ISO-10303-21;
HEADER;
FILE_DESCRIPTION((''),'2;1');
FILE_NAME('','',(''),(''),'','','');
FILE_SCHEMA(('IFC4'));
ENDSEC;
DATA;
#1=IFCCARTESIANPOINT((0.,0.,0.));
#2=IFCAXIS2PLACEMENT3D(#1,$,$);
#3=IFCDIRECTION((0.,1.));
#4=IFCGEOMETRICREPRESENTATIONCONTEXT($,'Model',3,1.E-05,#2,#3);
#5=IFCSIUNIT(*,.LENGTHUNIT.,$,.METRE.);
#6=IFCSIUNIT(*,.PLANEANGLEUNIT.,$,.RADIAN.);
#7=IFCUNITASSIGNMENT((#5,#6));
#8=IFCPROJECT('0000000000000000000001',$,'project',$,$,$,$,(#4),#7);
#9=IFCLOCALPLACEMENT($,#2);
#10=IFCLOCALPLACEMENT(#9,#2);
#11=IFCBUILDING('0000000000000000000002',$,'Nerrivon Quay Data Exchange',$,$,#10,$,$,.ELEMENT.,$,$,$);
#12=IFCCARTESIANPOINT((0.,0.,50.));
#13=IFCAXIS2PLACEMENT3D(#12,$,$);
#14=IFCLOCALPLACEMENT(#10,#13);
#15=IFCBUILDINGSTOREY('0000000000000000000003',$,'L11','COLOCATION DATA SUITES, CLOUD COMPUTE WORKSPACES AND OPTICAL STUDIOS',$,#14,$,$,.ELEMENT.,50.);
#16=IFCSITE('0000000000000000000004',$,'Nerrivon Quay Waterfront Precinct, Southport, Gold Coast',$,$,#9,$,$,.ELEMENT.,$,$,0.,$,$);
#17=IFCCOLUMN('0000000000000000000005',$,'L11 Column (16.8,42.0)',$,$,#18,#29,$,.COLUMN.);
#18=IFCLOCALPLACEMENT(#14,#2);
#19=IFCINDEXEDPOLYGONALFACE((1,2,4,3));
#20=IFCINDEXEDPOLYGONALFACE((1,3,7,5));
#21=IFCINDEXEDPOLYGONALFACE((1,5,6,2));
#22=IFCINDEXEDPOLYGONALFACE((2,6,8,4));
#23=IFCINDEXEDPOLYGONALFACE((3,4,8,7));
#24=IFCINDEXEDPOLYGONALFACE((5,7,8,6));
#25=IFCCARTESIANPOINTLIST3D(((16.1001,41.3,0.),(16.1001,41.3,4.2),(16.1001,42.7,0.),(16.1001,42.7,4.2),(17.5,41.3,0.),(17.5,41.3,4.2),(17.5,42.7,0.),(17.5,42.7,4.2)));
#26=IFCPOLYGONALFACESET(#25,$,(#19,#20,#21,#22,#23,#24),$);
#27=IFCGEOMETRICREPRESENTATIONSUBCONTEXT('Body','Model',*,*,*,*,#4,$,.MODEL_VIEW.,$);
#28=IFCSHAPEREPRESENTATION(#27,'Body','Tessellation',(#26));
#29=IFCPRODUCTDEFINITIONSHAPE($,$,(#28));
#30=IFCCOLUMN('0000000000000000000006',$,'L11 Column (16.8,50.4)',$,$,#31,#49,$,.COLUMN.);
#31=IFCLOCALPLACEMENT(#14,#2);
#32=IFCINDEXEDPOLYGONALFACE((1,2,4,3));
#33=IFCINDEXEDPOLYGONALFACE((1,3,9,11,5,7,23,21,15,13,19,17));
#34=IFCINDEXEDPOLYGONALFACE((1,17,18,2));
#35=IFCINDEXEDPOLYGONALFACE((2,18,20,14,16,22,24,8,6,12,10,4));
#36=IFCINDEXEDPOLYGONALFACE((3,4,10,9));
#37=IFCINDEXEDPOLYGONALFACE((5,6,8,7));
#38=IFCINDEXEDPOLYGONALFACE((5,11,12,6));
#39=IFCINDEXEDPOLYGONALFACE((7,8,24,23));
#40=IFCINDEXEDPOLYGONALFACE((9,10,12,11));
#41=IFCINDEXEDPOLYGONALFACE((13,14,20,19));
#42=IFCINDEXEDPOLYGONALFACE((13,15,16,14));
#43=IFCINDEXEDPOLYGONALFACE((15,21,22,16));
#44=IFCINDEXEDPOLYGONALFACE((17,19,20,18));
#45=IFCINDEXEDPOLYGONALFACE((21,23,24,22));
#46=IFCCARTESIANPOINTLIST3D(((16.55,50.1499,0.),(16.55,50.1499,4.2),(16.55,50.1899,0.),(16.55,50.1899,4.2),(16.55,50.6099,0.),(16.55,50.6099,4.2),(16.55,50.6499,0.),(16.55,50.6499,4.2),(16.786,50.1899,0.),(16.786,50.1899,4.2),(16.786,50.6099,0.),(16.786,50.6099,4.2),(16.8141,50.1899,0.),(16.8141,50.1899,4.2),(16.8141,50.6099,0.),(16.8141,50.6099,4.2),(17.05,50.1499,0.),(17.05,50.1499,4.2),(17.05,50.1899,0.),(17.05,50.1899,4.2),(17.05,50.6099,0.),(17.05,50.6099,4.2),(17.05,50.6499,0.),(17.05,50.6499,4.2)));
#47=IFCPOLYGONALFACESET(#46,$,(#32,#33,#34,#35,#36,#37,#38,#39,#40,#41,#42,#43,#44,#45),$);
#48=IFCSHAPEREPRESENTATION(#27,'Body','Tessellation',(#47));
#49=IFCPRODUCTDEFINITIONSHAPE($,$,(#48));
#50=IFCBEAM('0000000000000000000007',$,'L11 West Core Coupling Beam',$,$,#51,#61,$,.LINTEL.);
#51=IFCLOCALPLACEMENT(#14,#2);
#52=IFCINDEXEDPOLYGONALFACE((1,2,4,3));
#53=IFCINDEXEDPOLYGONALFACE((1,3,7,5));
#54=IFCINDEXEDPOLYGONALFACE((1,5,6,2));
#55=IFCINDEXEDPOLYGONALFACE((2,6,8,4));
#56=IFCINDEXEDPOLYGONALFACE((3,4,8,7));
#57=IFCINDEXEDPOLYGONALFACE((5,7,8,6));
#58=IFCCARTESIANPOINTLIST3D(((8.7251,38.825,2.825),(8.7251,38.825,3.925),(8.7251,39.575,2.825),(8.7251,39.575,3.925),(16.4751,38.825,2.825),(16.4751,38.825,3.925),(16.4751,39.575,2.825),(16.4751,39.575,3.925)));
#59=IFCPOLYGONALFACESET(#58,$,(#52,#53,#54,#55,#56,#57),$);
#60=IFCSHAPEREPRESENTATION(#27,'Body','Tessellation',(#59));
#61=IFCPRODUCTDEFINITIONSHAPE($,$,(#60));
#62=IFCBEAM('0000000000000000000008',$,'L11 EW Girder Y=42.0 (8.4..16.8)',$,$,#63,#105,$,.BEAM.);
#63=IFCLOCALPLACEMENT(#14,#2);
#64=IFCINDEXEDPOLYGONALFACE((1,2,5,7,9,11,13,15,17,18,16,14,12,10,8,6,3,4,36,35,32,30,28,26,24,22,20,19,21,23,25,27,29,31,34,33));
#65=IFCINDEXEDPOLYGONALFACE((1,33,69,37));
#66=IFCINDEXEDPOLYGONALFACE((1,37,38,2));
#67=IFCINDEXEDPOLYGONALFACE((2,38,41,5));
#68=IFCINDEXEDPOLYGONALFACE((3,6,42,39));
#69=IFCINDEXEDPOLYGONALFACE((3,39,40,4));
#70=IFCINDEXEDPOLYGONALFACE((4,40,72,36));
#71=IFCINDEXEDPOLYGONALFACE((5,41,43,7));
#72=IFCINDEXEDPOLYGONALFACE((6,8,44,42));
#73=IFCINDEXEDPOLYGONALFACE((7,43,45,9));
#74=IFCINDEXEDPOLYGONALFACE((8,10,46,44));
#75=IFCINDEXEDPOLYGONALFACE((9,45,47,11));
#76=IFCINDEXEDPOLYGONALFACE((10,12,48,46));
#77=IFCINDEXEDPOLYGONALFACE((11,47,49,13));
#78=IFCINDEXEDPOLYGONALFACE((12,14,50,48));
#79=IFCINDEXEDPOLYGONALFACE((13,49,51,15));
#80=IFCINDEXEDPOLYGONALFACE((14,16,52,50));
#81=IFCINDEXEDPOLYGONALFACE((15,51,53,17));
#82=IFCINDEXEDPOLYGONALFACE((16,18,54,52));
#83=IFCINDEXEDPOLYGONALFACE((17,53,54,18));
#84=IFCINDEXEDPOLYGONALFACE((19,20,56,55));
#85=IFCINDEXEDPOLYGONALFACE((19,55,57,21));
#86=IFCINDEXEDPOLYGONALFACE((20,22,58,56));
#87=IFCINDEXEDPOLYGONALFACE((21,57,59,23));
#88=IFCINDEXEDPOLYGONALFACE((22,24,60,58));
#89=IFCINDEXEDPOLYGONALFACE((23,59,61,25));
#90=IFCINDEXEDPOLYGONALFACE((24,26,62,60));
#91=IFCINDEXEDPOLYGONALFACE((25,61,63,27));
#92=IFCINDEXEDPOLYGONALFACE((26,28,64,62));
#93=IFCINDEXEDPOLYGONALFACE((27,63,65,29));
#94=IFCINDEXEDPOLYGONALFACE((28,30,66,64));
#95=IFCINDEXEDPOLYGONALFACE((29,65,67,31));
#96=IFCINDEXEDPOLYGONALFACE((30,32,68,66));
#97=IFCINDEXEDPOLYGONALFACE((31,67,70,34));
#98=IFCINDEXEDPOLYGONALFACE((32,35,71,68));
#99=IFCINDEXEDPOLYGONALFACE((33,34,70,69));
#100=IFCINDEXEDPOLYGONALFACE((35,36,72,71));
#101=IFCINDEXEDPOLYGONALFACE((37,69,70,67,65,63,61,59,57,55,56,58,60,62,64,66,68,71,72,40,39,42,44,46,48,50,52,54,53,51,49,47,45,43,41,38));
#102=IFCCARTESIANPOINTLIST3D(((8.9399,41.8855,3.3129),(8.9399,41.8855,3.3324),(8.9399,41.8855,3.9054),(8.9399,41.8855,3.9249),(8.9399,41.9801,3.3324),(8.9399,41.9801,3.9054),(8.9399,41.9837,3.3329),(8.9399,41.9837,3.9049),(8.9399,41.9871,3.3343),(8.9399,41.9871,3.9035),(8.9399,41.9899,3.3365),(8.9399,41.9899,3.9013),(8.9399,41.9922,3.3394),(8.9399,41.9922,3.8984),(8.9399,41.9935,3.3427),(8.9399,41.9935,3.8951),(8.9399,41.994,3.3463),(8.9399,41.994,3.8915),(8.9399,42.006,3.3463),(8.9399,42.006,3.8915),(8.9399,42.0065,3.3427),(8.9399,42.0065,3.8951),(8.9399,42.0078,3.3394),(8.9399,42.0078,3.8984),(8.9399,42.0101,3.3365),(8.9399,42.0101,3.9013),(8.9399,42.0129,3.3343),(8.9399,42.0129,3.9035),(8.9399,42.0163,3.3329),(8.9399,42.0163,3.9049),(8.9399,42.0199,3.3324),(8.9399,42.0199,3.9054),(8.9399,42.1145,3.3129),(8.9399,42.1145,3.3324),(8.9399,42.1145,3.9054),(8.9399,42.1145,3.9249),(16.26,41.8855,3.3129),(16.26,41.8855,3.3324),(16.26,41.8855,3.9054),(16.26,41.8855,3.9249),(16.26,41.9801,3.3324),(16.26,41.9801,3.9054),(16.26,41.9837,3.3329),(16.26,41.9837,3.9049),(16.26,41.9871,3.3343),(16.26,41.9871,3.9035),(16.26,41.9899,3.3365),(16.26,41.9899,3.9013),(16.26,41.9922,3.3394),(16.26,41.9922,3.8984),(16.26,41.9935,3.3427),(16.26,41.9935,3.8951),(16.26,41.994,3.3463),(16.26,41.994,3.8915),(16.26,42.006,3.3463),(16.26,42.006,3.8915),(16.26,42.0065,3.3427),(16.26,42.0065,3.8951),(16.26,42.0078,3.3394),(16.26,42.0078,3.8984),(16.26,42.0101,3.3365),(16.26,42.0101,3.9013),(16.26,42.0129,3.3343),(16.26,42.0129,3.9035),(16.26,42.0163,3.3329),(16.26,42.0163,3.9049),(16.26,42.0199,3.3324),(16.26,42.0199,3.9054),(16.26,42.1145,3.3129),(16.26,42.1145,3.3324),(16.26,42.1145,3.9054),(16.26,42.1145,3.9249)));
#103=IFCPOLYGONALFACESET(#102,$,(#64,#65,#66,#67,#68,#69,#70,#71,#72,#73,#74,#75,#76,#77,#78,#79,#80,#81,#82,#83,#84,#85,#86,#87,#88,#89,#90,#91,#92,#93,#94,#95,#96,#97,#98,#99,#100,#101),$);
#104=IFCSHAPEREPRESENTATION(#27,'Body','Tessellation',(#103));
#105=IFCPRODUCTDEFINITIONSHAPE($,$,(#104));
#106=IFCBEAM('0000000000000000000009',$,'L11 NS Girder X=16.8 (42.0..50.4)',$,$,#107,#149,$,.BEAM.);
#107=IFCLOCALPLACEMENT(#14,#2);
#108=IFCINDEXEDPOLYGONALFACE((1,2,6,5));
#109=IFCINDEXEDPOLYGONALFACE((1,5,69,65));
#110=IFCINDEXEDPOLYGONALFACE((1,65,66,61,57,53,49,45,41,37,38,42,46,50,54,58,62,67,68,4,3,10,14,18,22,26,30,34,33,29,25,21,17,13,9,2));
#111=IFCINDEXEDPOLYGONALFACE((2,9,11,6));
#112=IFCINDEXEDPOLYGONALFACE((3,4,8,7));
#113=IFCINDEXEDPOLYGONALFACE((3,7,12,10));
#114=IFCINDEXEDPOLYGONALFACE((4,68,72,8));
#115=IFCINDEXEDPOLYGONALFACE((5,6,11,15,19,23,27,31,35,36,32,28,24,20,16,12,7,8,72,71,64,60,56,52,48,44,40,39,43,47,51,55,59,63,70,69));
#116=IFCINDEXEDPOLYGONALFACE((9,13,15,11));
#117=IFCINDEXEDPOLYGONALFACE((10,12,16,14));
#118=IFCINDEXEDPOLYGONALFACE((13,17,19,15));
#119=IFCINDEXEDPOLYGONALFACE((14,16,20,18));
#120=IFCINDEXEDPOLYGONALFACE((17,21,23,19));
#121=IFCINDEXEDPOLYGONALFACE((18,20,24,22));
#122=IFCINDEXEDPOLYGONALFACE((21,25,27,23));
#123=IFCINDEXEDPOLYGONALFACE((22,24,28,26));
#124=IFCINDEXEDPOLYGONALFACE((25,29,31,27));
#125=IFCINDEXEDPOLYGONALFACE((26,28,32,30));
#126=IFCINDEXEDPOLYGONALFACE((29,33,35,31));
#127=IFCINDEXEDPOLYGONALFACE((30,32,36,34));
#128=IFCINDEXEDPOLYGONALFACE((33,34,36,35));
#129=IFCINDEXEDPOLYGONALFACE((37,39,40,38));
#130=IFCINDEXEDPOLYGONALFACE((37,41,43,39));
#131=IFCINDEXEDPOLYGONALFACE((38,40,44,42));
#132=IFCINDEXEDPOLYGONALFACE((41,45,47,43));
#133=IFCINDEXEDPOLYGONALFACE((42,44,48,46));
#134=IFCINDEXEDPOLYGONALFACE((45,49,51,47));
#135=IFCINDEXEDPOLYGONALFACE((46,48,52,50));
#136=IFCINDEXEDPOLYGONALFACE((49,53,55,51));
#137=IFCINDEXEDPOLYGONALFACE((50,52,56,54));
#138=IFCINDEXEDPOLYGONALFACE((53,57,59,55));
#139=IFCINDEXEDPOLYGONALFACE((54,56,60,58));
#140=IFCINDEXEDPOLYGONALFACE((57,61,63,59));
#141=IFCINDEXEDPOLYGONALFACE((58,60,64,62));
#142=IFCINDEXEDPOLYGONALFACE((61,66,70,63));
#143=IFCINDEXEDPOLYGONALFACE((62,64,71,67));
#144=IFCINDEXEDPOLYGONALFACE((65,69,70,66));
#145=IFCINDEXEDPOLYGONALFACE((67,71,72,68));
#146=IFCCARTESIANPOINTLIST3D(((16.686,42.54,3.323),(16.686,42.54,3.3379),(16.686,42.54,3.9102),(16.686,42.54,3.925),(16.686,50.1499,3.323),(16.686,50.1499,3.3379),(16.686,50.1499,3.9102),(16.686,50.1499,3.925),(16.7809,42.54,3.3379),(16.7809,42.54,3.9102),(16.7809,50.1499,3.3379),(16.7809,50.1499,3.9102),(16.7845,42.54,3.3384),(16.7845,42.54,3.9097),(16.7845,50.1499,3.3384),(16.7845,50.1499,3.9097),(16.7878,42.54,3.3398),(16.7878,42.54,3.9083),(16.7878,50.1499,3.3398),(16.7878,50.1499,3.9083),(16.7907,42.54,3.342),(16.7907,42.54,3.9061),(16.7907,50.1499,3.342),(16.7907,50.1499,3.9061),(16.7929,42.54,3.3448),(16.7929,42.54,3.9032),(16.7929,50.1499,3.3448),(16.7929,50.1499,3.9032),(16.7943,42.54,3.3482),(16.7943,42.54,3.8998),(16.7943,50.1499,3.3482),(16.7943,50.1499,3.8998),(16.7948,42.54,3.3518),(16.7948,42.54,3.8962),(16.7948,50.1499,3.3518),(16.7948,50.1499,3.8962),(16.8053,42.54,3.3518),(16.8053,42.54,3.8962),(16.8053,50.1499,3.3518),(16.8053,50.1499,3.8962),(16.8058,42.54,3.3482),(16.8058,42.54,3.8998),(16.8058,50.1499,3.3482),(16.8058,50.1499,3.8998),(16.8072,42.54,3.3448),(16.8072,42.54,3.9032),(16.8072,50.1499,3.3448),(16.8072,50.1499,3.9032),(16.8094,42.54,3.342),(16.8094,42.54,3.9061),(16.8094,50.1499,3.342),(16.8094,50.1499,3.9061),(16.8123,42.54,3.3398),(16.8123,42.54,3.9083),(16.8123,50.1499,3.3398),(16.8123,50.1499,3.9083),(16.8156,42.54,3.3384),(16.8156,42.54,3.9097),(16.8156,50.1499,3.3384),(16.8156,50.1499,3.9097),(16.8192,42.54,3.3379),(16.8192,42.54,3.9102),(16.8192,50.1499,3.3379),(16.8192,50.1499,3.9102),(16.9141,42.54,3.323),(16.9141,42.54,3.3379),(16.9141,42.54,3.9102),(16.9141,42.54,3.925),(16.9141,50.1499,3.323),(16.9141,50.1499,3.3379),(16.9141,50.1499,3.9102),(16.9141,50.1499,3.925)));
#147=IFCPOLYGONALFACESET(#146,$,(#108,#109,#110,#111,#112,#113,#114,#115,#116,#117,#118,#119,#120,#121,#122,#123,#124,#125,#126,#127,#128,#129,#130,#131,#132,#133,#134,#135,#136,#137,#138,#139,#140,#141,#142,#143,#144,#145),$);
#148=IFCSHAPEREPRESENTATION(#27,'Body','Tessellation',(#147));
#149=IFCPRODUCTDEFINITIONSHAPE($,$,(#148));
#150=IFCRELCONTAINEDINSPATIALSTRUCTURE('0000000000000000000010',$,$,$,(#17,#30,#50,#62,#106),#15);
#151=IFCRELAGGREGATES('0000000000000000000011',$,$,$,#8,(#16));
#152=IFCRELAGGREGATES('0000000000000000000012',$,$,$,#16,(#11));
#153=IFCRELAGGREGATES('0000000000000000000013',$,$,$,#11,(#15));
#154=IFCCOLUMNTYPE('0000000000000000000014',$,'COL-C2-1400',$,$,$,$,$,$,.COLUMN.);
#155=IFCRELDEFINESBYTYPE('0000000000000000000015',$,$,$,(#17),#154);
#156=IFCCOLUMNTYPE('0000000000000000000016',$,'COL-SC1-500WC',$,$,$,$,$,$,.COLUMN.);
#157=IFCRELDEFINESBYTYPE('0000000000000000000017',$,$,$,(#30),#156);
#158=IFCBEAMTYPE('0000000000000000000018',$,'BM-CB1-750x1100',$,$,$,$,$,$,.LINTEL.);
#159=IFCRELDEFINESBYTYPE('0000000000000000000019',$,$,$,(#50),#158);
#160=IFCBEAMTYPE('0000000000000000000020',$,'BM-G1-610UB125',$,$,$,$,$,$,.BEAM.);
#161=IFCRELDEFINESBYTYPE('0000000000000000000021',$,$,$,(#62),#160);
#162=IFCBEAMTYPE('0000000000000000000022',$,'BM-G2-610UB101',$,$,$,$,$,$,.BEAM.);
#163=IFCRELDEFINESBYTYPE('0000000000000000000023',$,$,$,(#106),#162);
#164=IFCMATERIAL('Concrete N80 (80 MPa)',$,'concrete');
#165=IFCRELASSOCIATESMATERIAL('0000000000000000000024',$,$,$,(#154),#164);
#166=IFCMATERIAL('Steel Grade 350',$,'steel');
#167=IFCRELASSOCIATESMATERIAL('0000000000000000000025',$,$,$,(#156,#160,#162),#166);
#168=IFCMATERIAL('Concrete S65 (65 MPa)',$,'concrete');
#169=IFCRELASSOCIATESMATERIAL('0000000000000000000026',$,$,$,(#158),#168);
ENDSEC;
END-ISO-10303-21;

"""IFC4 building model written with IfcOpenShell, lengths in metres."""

from ifc_helpers import new_model, si_unit, direction, frame, origin, origin_2d, place, context, subcontext, project, spatial, rectangle, i_section, extrude, material, material_profile, profile_set, type_object, element, save


model = new_model("IFC4")

# Units and contexts
model_context = context("Model", 3, precision=1e-05, world=origin(), true_north=direction((0.0, 1.0)))
body_context = subcontext(model_context, "Body", "Model", "MODEL_VIEW")
ifc_project = project(units=[si_unit("LENGTHUNIT", "METRE"), si_unit("PLANEANGLEUNIT", "RADIAN")], contexts=[model_context])

# Site, building, storey
site_placement = place(None, origin())
site = spatial("IfcSite", under=ifc_project, at=site_placement, Name="Nerrivon Quay Waterfront Precinct, Southport, Gold Coast", CompositionType="ELEMENT", RefElevation=0.0)
building_placement = place(site_placement, origin())
building = spatial("IfcBuilding", under=site, at=building_placement, Name="Nerrivon Quay Data Exchange", CompositionType="ELEMENT")
storey_placement = place(building_placement, frame((0.0, 0.0, 50.0)))
storey = spatial("IfcBuildingStorey", under=building, at=storey_placement, Name="L11", Description="COLOCATION DATA SUITES, CLOUD COMPUTE WORKSPACES AND OPTICAL STUDIOS", CompositionType="ELEMENT", Elevation=50.0)

# Columns
ifc_material_1 = material(Name="Concrete N80 (80 MPa)", Category="concrete")
ifc_material_profile_1 = material_profile(ifc_material_1, rectangle(XDim=1.3999, YDim=1.3999, at=origin_2d()), Name="RC-COL-1400x1400")
ifc_profile_set_1 = profile_set([ifc_material_profile_1], Name="Concrete N80 (80 MPa)")
column_type_1 = type_object("IfcColumnType", Name="COL-C2-1400", PredefinedType="COLUMN", material=ifc_profile_set_1)
column_1_placement = place(storey_placement, frame((16.8, 42.0, 0.0), z_axis=(0.0, 0.0, 1.0), x_axis=(1.0, 0.0, 0.0)))
element("IfcColumn", 1, at=column_1_placement, inside=storey, type_object=column_type_1, Name="L11 Column (16.8,42.0)", PredefinedType="COLUMN", context=body_context, shape_type="SweptSolid", body=[
    extrude(rectangle(XDim=1.3999, YDim=1.3999, at=origin_2d()), origin(), (0.0, 0.0, 1.0), 4.2),
])
ifc_material_2 = material(Name="Steel Grade 350", Category="steel")
ifc_material_profile_2 = material_profile(ifc_material_2, i_section(OverallWidth=0.5, OverallDepth=0.5, WebThickness=0.0281, FlangeThickness=0.04, at=origin_2d()), Name="500WC440")
ifc_profile_set_2 = profile_set([ifc_material_profile_2], Name="Steel Grade 350")
column_type_2 = type_object("IfcColumnType", Name="COL-SC1-500WC", PredefinedType="COLUMN", material=ifc_profile_set_2)
column_2_placement = place(storey_placement, frame((16.8, 50.3999, 0.0), z_axis=(0.0, 0.0, 1.0), x_axis=(1.0, 0.0, 0.0)))
element("IfcColumn", 2, at=column_2_placement, inside=storey, type_object=column_type_2, Name="L11 Column (16.8,50.4)", PredefinedType="COLUMN", context=body_context, shape_type="SweptSolid", body=[
    extrude(i_section(OverallWidth=0.5, OverallDepth=0.5, WebThickness=0.0281, FlangeThickness=0.04, at=origin_2d()), origin(), (0.0, 0.0, 1.0), 4.2),
])

# Beams
ifc_material_3 = material(Name="Concrete S65 (65 MPa)", Category="concrete")
ifc_material_profile_3 = material_profile(ifc_material_3, rectangle(XDim=0.75, YDim=1.1001, at=origin_2d()), Name="RC-CB-750x1100")
ifc_profile_set_3 = profile_set([ifc_material_profile_3], Name="Concrete S65 (65 MPa)")
beam_type_1 = type_object("IfcBeamType", Name="BM-CB1-750x1100", PredefinedType="LINTEL", material=ifc_profile_set_3)
beam_1_placement = place(storey_placement, frame((8.7251, 39.2, 3.375), z_axis=(1.0, 0.0, 0.0), x_axis=(0.0, 1.0, 0.0)))
element("IfcBeam", 3, at=beam_1_placement, inside=storey, type_object=beam_type_1, Name="L11 West Core Coupling Beam", PredefinedType="LINTEL", context=body_context, shape_type="SweptSolid", body=[
    extrude(rectangle(XDim=0.75, YDim=1.1001, at=origin_2d()), origin(), (0.0, 0.0, 1.0), 7.75),
])
ifc_material_profile_4 = material_profile(ifc_material_2, i_section(OverallWidth=0.229, OverallDepth=0.6121, WebThickness=0.012, FlangeThickness=0.0195, FilletRadius=0.0139, at=origin_2d()), Name="610UB125")
ifc_profile_set_4 = profile_set([ifc_material_profile_4], Name="Steel Grade 350")
beam_type_2 = type_object("IfcBeamType", Name="BM-G1-610UB125", PredefinedType="BEAM", material=ifc_profile_set_4)
beam_2_placement = place(storey_placement, frame((8.9399, 42.0, 3.6189), z_axis=(1.0, 0.0, 0.0), x_axis=(0.0, 1.0, 0.0)))
element("IfcBeam", 4, at=beam_2_placement, inside=storey, type_object=beam_type_2, Name="L11 EW Girder Y=42.0 (8.4..16.8)", PredefinedType="BEAM", context=body_context, shape_type="SweptSolid", body=[
    extrude(i_section(OverallWidth=0.229, OverallDepth=0.6121, WebThickness=0.012, FlangeThickness=0.0195, FilletRadius=0.0139, at=origin_2d()), origin(), (0.0, 0.0, 1.0), 7.3201),
])
ifc_material_profile_5 = material_profile(ifc_material_2, i_section(OverallWidth=0.228, OverallDepth=0.6021, WebThickness=0.0105, FlangeThickness=0.0149, FilletRadius=0.0139, at=origin_2d()), Name="610UB101")
ifc_profile_set_5 = profile_set([ifc_material_profile_5], Name="Steel Grade 350")
beam_type_3 = type_object("IfcBeamType", Name="BM-G2-610UB101", PredefinedType="BEAM", material=ifc_profile_set_5)
beam_3_placement = place(storey_placement, frame((16.8, 42.54, 3.624), z_axis=(0.0, 1.0, 0.0), x_axis=(-1.0, 0.0, 0.0)))
element("IfcBeam", 5, at=beam_3_placement, inside=storey, type_object=beam_type_3, Name="L11 NS Girder X=16.8 (42.0..50.4)", PredefinedType="BEAM", context=body_context, shape_type="SweptSolid", body=[
    extrude(i_section(OverallWidth=0.228, OverallDepth=0.6021, WebThickness=0.0105, FlangeThickness=0.0149, FilletRadius=0.0139, at=origin_2d()), origin(), (0.0, 0.0, 1.0), 7.6099),
])

save(model, "model.ifc")
